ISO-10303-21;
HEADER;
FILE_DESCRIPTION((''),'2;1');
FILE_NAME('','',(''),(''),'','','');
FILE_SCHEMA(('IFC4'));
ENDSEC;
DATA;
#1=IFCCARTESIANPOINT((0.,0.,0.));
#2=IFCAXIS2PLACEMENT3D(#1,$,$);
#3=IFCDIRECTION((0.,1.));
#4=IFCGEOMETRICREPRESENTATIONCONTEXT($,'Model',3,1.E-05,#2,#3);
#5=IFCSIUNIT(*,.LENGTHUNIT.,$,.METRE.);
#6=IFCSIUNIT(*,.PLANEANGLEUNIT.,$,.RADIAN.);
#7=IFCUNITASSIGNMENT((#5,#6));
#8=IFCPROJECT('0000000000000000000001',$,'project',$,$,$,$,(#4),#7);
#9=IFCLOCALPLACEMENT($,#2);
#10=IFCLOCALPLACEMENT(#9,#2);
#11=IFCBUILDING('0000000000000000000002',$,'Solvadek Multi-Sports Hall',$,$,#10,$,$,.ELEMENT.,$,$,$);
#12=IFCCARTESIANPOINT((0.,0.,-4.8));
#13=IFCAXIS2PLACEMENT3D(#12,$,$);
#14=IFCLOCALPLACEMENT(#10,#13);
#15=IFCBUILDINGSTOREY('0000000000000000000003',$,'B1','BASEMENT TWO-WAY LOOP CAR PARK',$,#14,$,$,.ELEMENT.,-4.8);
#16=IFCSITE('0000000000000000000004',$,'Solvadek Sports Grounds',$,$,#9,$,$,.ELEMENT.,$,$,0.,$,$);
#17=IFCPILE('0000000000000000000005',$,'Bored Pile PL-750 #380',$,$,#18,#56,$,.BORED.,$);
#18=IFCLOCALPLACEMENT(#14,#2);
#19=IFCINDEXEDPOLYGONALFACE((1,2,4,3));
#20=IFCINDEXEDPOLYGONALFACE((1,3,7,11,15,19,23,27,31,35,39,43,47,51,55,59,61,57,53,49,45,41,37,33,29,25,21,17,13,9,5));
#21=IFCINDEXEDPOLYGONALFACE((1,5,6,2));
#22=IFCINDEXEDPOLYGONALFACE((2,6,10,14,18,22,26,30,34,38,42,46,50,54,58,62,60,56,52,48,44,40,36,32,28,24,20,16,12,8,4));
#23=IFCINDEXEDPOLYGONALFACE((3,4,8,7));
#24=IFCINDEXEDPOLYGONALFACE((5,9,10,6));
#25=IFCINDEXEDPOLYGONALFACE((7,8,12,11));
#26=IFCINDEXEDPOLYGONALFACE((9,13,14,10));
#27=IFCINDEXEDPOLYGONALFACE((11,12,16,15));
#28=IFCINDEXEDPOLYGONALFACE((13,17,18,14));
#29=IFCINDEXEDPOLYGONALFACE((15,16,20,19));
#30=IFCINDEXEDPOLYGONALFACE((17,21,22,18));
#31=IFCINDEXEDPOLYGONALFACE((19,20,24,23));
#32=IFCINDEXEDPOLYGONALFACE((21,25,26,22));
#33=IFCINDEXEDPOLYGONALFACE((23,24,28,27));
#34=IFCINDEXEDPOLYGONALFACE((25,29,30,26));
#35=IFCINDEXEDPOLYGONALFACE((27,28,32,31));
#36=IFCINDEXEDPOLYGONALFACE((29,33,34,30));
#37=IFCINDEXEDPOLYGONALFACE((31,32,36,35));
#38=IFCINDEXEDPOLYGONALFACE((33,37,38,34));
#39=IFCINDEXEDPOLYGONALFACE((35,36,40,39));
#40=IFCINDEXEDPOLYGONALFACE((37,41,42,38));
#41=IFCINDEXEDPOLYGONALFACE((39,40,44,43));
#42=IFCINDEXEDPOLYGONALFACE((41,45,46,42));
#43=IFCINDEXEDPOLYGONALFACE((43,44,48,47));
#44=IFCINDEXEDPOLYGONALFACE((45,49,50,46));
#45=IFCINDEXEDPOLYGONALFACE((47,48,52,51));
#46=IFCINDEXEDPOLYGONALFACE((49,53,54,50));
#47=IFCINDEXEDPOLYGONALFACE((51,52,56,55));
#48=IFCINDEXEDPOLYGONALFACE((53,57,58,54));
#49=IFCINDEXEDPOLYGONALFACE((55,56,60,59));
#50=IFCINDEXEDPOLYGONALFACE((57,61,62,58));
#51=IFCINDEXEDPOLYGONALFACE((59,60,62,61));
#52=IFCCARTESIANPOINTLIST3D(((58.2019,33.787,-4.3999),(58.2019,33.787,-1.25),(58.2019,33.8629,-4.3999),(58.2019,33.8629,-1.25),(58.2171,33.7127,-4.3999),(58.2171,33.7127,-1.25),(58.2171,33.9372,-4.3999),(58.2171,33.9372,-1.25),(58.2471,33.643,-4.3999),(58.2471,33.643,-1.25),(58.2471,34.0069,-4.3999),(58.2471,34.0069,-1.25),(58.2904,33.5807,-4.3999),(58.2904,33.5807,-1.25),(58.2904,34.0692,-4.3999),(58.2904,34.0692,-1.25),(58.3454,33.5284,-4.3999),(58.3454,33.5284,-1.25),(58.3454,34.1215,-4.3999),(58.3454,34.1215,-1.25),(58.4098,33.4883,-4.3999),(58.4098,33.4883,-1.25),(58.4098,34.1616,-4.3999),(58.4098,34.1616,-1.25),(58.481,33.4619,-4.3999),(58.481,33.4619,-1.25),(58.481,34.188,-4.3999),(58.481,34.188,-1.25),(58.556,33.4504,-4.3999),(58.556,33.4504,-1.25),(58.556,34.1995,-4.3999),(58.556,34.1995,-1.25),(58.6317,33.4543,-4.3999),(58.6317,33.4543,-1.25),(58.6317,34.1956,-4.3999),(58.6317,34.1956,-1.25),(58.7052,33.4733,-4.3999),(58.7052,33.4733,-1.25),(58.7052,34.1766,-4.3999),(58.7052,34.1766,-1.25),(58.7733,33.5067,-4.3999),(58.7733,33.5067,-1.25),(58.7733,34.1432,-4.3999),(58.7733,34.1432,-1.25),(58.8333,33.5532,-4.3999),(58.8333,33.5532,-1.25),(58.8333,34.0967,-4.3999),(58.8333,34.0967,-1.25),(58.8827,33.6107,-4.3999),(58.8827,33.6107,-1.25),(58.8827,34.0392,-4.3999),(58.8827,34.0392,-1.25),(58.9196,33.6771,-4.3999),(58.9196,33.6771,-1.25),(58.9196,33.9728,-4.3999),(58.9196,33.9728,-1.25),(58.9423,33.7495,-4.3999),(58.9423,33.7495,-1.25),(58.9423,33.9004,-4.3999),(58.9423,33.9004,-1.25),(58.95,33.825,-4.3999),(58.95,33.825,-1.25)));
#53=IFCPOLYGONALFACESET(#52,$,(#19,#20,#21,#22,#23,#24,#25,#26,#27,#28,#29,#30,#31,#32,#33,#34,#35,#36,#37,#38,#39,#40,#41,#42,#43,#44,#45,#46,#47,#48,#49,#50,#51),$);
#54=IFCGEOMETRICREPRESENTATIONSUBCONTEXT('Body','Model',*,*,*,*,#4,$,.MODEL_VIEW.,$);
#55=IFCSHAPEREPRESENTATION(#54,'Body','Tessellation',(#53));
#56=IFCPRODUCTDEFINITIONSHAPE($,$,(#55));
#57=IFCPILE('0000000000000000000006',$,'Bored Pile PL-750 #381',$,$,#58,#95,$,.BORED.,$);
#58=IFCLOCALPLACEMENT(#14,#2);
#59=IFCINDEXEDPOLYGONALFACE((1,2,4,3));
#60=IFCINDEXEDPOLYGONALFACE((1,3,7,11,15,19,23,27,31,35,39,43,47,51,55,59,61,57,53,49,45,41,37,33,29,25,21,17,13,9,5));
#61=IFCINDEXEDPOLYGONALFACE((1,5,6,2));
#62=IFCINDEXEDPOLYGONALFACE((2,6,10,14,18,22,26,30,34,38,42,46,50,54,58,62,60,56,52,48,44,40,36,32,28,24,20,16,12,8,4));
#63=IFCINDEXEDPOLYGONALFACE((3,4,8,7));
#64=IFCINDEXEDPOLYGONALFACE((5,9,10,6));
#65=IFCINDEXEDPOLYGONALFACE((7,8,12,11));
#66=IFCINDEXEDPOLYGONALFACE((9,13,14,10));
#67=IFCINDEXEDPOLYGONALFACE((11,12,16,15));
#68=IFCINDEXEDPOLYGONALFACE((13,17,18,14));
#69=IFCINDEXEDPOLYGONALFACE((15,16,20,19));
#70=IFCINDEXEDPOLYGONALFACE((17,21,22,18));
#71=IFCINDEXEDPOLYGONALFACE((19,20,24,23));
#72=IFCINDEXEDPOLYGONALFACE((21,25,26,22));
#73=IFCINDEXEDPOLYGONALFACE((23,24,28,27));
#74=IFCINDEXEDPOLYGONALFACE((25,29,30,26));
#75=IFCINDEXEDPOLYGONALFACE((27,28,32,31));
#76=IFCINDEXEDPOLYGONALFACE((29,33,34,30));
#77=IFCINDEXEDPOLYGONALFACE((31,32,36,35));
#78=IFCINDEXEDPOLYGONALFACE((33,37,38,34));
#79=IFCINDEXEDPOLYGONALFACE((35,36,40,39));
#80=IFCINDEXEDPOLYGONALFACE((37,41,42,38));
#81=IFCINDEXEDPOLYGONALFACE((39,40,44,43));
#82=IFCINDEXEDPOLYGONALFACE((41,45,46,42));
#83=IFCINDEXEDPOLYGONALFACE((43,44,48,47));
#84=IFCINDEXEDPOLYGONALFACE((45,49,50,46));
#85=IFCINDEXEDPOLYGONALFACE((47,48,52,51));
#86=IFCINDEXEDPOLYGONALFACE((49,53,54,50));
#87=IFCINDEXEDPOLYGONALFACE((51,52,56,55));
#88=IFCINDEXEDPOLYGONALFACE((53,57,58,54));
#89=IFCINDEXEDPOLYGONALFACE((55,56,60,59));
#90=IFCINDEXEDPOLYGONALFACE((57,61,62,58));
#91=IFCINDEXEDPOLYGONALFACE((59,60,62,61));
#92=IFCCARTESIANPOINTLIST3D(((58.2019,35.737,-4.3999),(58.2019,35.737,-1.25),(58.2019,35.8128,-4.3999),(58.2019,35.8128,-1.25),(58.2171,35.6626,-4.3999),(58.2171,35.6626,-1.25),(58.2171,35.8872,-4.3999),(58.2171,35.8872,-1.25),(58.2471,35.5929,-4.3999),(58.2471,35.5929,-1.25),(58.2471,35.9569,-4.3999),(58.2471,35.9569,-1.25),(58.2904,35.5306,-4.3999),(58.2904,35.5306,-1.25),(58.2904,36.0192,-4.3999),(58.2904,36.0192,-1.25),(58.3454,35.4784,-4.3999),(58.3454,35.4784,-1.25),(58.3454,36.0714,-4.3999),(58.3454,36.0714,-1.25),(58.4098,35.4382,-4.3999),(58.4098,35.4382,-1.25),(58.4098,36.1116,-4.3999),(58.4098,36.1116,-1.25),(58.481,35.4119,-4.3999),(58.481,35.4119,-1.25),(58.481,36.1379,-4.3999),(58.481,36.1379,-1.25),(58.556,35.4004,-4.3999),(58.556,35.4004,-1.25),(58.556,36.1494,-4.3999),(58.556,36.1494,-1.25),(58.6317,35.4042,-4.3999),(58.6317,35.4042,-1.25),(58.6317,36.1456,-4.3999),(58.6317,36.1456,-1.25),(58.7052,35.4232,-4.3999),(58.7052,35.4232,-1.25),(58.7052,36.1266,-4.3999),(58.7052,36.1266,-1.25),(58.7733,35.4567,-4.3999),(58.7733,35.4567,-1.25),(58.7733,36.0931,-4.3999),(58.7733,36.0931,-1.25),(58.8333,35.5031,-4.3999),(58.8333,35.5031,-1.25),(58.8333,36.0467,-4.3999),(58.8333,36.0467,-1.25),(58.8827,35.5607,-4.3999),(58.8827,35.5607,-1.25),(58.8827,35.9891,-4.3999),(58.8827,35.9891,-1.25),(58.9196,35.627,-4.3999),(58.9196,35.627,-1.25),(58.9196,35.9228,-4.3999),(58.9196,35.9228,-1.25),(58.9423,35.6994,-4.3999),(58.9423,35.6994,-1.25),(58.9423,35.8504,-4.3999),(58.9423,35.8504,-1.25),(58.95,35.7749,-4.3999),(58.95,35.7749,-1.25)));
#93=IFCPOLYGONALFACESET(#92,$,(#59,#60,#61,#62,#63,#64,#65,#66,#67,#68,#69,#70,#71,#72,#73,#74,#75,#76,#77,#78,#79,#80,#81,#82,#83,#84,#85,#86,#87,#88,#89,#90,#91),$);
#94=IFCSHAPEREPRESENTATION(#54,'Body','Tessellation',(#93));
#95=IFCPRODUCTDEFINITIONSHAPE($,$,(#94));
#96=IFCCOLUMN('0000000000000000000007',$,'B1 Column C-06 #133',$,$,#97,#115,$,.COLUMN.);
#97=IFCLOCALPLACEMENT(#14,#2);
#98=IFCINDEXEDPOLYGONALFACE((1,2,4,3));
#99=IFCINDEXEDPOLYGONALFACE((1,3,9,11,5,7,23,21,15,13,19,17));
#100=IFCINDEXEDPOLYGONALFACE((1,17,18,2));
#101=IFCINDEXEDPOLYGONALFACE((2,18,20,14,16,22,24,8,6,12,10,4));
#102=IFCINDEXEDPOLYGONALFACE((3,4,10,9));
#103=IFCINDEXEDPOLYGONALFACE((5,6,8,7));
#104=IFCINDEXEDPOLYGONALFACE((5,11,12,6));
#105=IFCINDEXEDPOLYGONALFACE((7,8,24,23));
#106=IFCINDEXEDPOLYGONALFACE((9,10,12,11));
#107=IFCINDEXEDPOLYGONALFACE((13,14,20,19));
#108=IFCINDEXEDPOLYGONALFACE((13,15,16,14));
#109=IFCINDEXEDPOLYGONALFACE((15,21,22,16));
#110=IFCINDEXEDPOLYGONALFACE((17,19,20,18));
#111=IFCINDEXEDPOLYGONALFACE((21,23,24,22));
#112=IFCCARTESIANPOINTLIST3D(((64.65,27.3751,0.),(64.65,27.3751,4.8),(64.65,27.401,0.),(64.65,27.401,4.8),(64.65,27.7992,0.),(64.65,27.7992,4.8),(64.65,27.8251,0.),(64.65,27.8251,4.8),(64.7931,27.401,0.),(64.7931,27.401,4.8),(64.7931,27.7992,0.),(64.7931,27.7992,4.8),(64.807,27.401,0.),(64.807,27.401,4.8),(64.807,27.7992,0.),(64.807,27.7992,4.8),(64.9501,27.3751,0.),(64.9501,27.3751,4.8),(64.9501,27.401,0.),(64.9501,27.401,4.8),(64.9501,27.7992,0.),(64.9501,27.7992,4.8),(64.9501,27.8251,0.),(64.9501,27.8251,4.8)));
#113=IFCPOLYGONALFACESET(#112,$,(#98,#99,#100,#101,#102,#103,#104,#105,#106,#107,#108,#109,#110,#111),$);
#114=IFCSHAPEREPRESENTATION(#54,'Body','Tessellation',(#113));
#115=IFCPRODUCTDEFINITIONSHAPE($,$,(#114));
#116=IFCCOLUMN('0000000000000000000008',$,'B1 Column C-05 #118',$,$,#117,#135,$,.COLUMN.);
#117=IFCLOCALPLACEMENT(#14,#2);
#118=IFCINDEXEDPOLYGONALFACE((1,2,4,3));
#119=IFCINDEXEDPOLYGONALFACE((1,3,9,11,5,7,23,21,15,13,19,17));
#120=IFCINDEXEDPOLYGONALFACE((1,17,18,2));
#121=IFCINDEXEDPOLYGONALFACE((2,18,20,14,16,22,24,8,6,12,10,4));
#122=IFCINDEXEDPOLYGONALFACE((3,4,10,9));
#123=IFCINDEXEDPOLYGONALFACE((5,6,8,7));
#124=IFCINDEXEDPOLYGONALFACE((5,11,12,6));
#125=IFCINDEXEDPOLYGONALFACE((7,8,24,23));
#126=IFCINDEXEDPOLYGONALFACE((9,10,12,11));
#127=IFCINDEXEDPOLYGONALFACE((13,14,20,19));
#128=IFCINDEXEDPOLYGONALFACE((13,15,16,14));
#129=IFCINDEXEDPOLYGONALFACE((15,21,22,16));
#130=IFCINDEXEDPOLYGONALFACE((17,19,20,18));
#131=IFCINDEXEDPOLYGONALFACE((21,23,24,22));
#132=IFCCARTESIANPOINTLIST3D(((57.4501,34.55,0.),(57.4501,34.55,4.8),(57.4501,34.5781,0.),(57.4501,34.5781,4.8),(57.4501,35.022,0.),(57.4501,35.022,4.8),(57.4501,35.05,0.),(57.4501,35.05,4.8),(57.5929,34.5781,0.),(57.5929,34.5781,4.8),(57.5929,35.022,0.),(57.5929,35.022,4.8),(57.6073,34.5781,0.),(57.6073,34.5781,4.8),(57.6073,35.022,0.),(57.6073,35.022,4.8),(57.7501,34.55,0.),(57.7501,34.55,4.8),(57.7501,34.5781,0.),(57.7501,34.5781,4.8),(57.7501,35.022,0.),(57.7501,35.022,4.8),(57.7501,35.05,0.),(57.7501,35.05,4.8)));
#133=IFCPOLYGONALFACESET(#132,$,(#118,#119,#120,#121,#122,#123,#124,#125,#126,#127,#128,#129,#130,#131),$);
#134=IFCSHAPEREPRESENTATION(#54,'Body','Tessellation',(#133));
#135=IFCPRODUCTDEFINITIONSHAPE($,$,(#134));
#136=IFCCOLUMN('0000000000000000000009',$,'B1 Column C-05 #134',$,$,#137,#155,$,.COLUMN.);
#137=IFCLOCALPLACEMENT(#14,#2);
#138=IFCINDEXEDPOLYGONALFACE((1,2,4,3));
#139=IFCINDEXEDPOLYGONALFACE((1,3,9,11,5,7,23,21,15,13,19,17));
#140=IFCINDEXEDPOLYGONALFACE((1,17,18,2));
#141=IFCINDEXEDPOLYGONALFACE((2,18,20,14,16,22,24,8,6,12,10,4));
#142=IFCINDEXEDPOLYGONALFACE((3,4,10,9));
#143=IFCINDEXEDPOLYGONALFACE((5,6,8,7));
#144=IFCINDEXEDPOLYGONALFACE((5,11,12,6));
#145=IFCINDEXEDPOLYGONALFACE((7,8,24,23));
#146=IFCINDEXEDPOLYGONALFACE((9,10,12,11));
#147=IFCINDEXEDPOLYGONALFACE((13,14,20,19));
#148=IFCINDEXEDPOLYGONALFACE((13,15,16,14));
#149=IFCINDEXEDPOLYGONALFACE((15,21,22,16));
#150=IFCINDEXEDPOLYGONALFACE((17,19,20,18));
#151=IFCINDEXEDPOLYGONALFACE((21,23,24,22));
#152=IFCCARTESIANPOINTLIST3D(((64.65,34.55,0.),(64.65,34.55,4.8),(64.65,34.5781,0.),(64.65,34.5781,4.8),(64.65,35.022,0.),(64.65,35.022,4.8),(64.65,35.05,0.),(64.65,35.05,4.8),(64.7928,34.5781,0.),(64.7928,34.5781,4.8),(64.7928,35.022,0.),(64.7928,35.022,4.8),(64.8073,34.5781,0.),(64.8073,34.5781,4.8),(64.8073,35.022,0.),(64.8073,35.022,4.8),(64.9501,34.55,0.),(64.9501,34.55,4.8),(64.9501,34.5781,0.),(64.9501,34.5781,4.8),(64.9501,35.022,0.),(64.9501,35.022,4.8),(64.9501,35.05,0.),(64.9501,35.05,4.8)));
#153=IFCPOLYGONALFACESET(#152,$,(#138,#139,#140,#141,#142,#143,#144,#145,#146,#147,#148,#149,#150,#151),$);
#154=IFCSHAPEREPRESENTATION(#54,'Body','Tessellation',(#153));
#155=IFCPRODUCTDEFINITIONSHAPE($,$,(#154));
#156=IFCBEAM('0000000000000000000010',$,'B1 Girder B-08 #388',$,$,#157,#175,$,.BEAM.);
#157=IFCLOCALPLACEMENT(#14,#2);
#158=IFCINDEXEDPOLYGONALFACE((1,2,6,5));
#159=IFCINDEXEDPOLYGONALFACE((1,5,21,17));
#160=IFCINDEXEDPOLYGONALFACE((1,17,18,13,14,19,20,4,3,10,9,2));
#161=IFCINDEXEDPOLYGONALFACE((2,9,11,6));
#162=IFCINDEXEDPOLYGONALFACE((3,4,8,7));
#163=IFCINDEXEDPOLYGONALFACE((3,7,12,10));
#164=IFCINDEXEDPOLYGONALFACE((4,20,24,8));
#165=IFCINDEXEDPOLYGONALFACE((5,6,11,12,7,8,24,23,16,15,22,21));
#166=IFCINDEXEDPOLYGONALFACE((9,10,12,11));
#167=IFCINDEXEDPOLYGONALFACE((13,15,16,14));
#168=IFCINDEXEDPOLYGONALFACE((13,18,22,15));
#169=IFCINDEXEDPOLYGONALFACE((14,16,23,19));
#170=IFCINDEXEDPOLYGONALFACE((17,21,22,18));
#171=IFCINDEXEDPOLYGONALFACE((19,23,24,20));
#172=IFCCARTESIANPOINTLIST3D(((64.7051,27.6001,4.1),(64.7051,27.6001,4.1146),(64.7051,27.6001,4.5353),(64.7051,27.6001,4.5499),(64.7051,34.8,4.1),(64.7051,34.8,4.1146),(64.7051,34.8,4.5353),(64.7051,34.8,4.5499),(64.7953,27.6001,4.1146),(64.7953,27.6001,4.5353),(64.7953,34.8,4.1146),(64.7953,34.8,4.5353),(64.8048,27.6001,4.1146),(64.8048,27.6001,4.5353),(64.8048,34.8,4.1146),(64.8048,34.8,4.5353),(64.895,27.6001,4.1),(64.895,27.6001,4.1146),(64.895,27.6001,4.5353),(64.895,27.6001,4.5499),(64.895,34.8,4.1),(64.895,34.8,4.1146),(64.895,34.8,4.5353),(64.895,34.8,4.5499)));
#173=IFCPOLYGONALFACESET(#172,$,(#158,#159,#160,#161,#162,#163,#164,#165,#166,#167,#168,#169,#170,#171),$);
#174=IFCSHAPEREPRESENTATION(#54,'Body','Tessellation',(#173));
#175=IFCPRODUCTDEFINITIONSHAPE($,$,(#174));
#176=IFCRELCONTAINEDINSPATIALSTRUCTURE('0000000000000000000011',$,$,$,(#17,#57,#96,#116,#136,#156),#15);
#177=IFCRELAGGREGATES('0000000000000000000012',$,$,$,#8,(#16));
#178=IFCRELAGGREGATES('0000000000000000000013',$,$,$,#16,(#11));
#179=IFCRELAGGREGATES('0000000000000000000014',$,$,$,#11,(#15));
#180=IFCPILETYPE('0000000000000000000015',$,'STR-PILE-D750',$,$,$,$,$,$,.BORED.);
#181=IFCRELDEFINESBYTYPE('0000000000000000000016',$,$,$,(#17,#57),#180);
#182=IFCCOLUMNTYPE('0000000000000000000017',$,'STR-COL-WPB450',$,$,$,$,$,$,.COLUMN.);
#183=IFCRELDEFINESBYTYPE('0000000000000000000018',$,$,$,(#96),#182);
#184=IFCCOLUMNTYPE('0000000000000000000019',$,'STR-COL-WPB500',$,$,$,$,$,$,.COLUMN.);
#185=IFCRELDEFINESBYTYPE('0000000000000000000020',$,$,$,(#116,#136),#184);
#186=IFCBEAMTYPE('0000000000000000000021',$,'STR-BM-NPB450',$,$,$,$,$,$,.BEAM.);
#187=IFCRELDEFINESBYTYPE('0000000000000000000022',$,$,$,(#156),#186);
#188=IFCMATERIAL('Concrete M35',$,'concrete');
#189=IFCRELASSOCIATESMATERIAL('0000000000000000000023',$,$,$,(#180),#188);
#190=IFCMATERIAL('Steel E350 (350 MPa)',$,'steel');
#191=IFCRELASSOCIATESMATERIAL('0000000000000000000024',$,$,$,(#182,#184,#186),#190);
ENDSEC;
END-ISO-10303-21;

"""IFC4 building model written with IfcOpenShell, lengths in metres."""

from ifc_helpers import new_model, si_unit, direction, frame, origin, origin_2d, place, context, subcontext, project, spatial, circle, i_section, extrude, material, material_profile, profile_set, type_object, element, save


model = new_model("IFC4")

# Units and contexts
model_context = context("Model", 3, precision=1e-05, world=origin(), true_north=direction((0.0, 1.0)))
body_context = subcontext(model_context, "Body", "Model", "MODEL_VIEW")
ifc_project = project(units=[si_unit("LENGTHUNIT", "METRE"), si_unit("PLANEANGLEUNIT", "RADIAN")], contexts=[model_context])

# Site, building, storey
site_placement = place(None, origin())
site = spatial("IfcSite", under=ifc_project, at=site_placement, Name="Solvadek Sports Grounds", CompositionType="ELEMENT", RefElevation=0.0)
building_placement = place(site_placement, origin())
building = spatial("IfcBuilding", under=site, at=building_placement, Name="Solvadek Multi-Sports Hall", CompositionType="ELEMENT")
storey_placement = place(building_placement, frame((0.0, 0.0, -4.8)))
storey = spatial("IfcBuildingStorey", under=building, at=storey_placement, Name="B1", Description="BASEMENT TWO-WAY LOOP CAR PARK", CompositionType="ELEMENT", Elevation=-4.8)

# Piles
ifc_material_1 = material(Name="Concrete M35", Category="concrete")
ifc_material_profile_1 = material_profile(ifc_material_1, circle(Radius=0.375, at=origin_2d()), Name="BORED PILE D750")
ifc_profile_set_1 = profile_set([ifc_material_profile_1], Name="Concrete M35")
pile_type_1 = type_object("IfcPileType", Name="STR-PILE-D750", PredefinedType="BORED", material=ifc_profile_set_1)
for number, where, z_axis, x_axis, name in (
    (1, (58.575, 33.825, -1.25), (0.0, 0.0, -1.0), (1.0, 0.0, 0.0), "Bored Pile PL-750 #380"),
    (2, (58.575, 35.7749, -1.25), (0.0, 0.0, -1.0), (1.0, 0.0, 0.0), "Bored Pile PL-750 #381"),
):
    element("IfcPile", number, at=place(storey_placement, frame(where, z_axis=z_axis, x_axis=x_axis)), inside=storey, type_object=pile_type_1, Name=name, PredefinedType="BORED", context=body_context, shape_type="SweptSolid", body=[
        extrude(circle(Radius=0.375, at=origin_2d()), origin(), (0.0, 0.0, 1.0), 3.1499),
    ])

# Columns
ifc_material_2 = material(Name="Steel E350 (350 MPa)", Category="steel")
ifc_material_profile_2 = material_profile(ifc_material_2, i_section(OverallWidth=0.3, OverallDepth=0.45, WebThickness=0.0139, FlangeThickness=0.0259, at=origin_2d()), Name="WPB 450")
ifc_profile_set_2 = profile_set([ifc_material_profile_2], Name="Steel E350 (350 MPa)")
column_type_1 = type_object("IfcColumnType", Name="STR-COL-WPB450", PredefinedType="COLUMN", material=ifc_profile_set_2)
column_placement = place(storey_placement, frame((64.8, 27.6001, 0.0), z_axis=(0.0, 0.0, 1.0), x_axis=(1.0, 0.0, 0.0)))
element("IfcColumn", 3, at=column_placement, inside=storey, type_object=column_type_1, Name="B1 Column C-06 #133", PredefinedType="COLUMN", context=body_context, shape_type="SweptSolid", body=[
    extrude(i_section(OverallWidth=0.3, OverallDepth=0.45, WebThickness=0.0139, FlangeThickness=0.0259, at=origin_2d()), origin(), (0.0, 0.0, 1.0), 4.8),
])
ifc_material_profile_3 = material_profile(ifc_material_2, i_section(OverallWidth=0.3, OverallDepth=0.5, WebThickness=0.0144, FlangeThickness=0.0281, at=origin_2d()), Name="WPB 500")
ifc_profile_set_3 = profile_set([ifc_material_profile_3], Name="Steel E350 (350 MPa)")
column_type_2 = type_object("IfcColumnType", Name="STR-COL-WPB500", PredefinedType="COLUMN", material=ifc_profile_set_3)
for number, where, z_axis, x_axis, name in (
    (4, (57.6001, 34.8, 0.0), (0.0, 0.0, 1.0), (1.0, 0.0, 0.0), "B1 Column C-05 #118"),
    (5, (64.8, 34.8, 0.0), (0.0, 0.0, 1.0), (1.0, 0.0, 0.0), "B1 Column C-05 #134"),
):
    element("IfcColumn", number, at=place(storey_placement, frame(where, z_axis=z_axis, x_axis=x_axis)), inside=storey, type_object=column_type_2, Name=name, PredefinedType="COLUMN", context=body_context, shape_type="SweptSolid", body=[
        extrude(i_section(OverallWidth=0.3, OverallDepth=0.5, WebThickness=0.0144, FlangeThickness=0.0281, at=origin_2d()), origin(), (0.0, 0.0, 1.0), 4.8),
    ])

# Beam
ifc_material_profile_4 = material_profile(ifc_material_2, i_section(OverallWidth=0.1899, OverallDepth=0.45, WebThickness=0.0095, FlangeThickness=0.0146, at=origin_2d()), Name="NPB 450")
ifc_profile_set_4 = profile_set([ifc_material_profile_4], Name="Steel E350 (350 MPa)")
beam_type_1 = type_object("IfcBeamType", Name="STR-BM-NPB450", PredefinedType="BEAM", material=ifc_profile_set_4)
beam_1_placement = place(storey_placement, frame((64.8, 27.6001, 4.325), z_axis=(0.0, 1.0, 0.0), x_axis=(-1.0, 0.0, 0.0)))
element("IfcBeam", 6, at=beam_1_placement, inside=storey, type_object=beam_type_1, Name="B1 Girder B-08 #388", PredefinedType="BEAM", context=body_context, shape_type="SweptSolid", body=[
    extrude(i_section(OverallWidth=0.1899, OverallDepth=0.45, WebThickness=0.0095, FlangeThickness=0.0146, at=origin_2d()), origin(), (0.0, 0.0, 1.0), 7.2),
])

save(model, "model.ifc")
